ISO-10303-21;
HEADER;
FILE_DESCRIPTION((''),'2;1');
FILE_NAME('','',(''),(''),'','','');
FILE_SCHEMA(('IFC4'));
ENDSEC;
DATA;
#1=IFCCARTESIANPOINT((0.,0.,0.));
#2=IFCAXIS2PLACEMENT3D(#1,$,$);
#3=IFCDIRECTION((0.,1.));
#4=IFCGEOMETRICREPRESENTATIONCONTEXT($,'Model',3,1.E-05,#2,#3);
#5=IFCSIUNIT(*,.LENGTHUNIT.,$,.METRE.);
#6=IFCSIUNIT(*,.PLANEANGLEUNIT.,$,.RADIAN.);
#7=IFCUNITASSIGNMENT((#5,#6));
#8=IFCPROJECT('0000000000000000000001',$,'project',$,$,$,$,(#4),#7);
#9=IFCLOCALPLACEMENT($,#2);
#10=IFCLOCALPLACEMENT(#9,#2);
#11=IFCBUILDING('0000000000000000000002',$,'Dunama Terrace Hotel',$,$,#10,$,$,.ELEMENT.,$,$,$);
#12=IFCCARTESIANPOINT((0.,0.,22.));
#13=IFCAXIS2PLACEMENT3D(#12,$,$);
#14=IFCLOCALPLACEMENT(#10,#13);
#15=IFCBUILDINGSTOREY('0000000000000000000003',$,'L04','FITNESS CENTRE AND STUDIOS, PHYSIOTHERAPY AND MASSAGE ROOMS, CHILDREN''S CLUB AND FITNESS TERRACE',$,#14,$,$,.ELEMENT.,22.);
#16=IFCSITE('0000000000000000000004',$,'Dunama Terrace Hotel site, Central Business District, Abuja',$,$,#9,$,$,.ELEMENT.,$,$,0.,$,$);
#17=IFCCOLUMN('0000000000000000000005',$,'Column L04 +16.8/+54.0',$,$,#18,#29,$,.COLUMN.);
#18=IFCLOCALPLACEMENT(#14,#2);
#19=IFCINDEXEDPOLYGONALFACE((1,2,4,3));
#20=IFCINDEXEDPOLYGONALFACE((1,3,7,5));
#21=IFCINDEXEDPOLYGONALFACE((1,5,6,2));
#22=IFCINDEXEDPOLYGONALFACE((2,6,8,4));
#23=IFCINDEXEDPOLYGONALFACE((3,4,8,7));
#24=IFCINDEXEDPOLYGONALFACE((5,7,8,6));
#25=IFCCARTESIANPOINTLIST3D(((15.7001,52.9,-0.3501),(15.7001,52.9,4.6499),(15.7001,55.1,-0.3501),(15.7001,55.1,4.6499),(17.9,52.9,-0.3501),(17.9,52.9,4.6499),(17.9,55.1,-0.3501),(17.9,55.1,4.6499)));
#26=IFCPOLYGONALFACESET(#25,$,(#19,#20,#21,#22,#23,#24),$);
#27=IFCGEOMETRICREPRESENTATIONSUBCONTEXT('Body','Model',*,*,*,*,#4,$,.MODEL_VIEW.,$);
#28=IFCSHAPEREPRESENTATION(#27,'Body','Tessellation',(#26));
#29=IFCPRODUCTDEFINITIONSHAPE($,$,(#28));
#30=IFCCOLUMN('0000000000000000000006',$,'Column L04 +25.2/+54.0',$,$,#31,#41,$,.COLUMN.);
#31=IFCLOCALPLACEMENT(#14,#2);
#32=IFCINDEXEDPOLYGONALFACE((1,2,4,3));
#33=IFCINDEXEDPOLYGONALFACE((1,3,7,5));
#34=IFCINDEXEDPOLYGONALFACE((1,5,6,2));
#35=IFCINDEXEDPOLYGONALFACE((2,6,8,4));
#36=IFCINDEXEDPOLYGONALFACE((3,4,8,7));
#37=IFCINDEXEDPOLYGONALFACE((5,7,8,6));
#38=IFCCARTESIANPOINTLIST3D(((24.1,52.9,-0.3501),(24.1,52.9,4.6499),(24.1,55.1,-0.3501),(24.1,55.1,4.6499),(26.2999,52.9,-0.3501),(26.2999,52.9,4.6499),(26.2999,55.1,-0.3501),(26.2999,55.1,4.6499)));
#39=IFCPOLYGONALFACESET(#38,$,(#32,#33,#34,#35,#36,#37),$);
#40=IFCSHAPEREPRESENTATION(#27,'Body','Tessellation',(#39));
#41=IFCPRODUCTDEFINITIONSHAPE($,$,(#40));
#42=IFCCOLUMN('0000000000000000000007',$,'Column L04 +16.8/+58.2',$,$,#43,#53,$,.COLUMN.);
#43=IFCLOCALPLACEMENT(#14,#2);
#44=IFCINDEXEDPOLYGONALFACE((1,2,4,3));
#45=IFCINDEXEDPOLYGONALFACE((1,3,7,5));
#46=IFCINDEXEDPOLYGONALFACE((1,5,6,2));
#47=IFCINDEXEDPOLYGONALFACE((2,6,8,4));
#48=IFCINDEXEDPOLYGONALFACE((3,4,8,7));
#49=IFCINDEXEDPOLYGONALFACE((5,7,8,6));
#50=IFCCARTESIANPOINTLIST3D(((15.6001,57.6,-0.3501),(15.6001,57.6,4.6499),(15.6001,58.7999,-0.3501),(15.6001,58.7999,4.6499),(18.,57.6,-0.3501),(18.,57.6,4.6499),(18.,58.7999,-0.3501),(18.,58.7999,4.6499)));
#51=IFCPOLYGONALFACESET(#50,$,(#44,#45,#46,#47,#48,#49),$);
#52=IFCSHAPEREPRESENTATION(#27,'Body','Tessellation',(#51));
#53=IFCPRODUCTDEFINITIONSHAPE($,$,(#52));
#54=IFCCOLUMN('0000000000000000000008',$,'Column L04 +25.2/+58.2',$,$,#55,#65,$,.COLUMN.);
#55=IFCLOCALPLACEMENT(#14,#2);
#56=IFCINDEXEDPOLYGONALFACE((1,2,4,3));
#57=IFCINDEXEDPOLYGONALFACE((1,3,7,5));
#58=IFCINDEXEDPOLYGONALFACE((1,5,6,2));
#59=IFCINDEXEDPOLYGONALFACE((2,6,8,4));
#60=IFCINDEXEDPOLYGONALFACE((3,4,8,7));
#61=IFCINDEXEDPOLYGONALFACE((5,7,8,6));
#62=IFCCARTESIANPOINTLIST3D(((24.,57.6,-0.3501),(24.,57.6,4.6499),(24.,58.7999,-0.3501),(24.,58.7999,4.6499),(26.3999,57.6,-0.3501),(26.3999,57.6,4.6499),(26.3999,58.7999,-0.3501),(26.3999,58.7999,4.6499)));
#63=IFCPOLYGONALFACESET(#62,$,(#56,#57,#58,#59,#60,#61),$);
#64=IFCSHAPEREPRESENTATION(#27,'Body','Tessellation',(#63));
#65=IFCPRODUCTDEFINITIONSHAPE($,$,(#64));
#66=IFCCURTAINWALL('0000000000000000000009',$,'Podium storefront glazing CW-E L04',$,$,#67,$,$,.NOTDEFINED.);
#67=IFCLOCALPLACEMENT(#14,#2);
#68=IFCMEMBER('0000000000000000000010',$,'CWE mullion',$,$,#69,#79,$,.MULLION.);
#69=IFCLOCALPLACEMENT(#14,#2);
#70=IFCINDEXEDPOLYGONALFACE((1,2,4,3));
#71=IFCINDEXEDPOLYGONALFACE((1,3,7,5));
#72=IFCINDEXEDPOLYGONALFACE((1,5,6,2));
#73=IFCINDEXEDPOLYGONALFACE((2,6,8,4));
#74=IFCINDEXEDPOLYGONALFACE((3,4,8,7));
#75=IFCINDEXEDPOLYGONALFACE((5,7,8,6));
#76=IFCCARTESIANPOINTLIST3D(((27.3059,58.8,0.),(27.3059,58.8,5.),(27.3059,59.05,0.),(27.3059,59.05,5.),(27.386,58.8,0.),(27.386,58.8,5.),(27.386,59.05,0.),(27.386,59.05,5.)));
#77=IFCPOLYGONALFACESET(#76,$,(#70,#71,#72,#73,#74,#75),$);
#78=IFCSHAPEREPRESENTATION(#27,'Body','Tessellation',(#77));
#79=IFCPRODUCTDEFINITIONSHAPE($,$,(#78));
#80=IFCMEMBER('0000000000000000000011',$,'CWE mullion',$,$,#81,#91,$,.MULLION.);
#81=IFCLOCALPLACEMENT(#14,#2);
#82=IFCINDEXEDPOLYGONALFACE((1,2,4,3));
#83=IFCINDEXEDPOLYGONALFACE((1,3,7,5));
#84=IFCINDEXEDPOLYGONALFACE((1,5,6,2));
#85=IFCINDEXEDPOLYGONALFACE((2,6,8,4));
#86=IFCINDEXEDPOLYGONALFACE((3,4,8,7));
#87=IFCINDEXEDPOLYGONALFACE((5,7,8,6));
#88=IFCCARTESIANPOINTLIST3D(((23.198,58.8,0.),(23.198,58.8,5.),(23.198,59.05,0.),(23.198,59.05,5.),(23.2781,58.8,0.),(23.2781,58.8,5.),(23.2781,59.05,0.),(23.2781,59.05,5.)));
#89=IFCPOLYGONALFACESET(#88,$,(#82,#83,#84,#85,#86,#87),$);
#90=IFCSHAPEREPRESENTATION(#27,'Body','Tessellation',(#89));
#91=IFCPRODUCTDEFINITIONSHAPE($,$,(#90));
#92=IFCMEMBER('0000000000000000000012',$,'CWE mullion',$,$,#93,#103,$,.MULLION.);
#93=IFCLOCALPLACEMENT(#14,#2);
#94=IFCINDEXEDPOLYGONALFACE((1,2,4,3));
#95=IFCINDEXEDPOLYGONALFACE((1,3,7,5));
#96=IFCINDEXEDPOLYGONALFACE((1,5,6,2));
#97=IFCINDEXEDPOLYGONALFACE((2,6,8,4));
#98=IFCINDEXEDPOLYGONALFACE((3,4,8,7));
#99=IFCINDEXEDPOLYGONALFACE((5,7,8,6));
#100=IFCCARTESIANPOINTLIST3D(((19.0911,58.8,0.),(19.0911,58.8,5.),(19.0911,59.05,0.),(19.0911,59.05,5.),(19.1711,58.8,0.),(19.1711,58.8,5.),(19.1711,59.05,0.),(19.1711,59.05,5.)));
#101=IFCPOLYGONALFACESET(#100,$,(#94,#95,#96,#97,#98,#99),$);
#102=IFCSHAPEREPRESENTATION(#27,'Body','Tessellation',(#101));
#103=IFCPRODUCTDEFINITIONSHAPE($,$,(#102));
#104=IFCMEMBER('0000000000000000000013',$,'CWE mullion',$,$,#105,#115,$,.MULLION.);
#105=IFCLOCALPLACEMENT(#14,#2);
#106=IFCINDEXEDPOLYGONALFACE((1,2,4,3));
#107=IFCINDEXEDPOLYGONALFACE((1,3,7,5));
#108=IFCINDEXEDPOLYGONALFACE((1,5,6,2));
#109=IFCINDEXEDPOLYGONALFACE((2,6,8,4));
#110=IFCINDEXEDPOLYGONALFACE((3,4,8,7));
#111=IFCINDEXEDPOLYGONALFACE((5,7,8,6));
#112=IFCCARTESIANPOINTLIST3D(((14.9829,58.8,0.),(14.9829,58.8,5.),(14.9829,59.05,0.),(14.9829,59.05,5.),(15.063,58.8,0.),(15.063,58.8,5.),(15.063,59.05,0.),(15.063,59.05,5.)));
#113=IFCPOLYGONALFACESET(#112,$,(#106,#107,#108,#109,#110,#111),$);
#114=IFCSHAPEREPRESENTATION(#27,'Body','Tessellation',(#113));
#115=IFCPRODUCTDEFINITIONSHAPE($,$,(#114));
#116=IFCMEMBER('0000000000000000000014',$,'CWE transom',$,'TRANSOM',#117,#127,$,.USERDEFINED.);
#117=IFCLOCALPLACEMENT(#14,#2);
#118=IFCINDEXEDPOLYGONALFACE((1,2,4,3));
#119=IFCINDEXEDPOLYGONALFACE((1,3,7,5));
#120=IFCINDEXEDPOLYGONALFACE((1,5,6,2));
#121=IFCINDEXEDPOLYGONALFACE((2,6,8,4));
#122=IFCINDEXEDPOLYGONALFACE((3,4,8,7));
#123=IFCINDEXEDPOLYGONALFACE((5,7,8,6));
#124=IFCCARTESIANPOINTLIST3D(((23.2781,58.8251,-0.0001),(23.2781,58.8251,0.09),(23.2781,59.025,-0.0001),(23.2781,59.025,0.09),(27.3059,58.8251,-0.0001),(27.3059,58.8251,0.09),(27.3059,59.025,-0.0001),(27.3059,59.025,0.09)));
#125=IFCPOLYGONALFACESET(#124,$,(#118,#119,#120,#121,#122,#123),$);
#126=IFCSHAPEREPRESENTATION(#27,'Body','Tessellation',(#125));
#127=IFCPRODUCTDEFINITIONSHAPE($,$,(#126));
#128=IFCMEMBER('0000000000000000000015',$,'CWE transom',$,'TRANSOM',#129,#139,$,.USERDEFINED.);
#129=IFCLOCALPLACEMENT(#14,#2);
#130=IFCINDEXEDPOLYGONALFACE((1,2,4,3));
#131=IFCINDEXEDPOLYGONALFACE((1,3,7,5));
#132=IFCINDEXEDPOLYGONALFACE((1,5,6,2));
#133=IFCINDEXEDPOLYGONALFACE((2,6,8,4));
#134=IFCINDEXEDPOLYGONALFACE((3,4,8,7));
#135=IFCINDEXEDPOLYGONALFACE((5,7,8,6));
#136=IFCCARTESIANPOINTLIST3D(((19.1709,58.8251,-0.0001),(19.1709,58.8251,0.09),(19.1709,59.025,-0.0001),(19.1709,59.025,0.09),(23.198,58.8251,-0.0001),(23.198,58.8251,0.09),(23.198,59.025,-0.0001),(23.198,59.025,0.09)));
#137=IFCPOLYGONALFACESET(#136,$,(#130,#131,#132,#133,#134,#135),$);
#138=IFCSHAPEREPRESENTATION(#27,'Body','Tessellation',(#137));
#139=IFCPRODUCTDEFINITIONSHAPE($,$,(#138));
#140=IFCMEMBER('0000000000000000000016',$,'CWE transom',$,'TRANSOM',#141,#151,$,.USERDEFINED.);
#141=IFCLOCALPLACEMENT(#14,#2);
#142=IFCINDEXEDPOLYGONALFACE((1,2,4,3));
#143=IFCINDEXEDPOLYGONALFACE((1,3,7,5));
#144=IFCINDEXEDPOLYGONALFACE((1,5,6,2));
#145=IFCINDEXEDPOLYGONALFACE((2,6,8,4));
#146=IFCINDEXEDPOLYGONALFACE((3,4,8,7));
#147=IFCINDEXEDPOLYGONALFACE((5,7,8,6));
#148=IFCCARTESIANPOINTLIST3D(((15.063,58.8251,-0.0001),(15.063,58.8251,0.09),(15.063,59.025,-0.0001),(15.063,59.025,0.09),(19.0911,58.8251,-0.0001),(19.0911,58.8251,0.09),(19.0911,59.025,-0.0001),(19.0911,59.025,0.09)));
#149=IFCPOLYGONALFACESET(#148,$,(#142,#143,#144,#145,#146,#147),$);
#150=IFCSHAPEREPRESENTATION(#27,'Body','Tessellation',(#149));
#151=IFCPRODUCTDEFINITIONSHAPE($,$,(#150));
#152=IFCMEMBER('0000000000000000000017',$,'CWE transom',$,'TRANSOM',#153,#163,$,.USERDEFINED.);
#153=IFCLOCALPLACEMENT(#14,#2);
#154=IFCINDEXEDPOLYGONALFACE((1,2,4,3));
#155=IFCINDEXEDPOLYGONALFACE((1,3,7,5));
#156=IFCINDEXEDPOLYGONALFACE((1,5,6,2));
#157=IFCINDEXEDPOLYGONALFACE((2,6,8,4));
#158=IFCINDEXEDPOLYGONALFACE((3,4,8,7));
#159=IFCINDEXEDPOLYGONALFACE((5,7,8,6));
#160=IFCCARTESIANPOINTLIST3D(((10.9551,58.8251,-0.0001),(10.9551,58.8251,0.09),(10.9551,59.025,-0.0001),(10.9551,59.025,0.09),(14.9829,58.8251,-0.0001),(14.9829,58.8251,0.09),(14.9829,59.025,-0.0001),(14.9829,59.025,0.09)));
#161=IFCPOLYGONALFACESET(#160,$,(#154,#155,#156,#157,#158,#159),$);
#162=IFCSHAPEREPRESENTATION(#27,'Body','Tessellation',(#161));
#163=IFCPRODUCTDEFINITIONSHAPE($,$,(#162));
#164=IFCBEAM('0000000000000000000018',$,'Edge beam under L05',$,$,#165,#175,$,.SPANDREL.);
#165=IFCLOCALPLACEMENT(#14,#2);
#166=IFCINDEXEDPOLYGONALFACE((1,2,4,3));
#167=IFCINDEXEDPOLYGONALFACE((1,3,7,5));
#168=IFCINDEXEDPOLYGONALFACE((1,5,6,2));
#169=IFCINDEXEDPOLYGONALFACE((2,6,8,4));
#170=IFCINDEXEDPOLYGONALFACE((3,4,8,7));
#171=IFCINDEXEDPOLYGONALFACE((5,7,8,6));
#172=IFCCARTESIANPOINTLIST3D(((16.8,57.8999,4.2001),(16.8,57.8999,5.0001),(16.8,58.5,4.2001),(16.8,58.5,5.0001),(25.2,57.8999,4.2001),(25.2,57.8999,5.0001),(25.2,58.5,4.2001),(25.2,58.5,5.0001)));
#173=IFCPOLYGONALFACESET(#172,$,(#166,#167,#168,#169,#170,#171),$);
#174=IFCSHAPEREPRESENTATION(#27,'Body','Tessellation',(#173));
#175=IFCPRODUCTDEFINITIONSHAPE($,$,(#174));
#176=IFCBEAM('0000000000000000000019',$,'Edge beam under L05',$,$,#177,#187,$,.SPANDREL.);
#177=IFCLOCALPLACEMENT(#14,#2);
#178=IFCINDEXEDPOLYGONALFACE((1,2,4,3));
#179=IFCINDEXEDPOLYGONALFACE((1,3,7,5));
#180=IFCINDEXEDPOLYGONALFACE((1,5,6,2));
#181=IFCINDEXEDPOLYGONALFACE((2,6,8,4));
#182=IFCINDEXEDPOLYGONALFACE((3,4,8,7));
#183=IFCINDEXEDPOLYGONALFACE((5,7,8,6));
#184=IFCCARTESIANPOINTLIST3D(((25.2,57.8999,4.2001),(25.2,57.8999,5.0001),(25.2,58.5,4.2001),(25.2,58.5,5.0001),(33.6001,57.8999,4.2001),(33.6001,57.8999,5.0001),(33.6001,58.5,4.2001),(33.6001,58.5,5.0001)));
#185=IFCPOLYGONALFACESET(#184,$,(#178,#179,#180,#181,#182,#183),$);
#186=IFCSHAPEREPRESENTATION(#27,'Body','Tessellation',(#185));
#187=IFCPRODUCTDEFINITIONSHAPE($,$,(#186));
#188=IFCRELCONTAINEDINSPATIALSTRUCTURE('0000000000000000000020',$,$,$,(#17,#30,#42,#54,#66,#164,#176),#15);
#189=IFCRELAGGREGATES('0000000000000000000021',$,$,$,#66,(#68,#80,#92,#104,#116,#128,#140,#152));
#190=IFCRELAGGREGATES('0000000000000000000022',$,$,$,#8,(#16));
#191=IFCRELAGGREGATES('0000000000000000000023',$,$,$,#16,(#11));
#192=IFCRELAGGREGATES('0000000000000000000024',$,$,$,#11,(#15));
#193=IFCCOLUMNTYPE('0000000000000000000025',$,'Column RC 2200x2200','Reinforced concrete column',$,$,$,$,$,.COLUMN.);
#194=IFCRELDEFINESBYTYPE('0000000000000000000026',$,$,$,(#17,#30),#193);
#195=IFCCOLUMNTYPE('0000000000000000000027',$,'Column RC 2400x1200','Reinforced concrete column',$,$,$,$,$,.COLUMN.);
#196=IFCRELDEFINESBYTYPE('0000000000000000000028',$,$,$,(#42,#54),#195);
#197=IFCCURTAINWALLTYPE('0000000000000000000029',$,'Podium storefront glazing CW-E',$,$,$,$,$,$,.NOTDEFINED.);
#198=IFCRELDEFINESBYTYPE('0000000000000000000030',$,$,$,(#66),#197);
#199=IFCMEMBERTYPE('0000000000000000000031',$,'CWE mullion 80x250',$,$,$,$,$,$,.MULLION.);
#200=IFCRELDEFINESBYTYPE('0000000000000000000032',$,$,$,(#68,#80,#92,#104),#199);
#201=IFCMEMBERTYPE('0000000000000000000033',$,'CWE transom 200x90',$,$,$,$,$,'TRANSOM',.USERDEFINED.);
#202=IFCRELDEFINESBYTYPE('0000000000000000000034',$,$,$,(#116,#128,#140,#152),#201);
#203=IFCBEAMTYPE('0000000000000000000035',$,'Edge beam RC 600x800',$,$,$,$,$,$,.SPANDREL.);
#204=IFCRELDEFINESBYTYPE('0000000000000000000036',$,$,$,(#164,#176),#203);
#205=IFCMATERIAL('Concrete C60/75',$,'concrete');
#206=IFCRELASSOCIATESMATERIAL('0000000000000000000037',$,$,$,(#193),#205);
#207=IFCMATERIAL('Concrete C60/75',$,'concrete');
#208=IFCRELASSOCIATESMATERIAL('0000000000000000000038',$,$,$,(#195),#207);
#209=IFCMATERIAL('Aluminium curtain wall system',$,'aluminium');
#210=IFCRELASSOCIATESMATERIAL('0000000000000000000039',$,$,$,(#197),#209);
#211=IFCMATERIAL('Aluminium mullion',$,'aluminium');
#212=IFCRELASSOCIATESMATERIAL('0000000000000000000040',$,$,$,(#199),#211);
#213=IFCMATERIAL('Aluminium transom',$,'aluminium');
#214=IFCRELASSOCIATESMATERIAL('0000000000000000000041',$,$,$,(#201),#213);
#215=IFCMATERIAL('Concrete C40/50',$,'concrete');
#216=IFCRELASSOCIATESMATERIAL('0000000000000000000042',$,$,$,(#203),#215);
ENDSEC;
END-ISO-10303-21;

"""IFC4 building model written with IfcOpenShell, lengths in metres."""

from ifc_helpers import new_model, si_unit, direction, frame, origin, origin_2d, place, context, subcontext, project, spatial, rectangle, extrude, material, material_profile, profile_set, type_object, element, aggregate, save


model = new_model("IFC4")

# Units and contexts
model_context = context("Model", 3, precision=1e-05, world=origin(), true_north=direction((0.0, 1.0)))
body_context = subcontext(model_context, "Body", "Model", "MODEL_VIEW")
ifc_project = project(units=[si_unit("LENGTHUNIT", "METRE"), si_unit("PLANEANGLEUNIT", "RADIAN")], contexts=[model_context])

# Site, building, storey
site_placement = place(None, origin())
site = spatial("IfcSite", under=ifc_project, at=site_placement, Name="Dunama Terrace Hotel site, Central Business District, Abuja", CompositionType="ELEMENT", RefElevation=0.0)
building_placement = place(site_placement, origin())
building = spatial("IfcBuilding", under=site, at=building_placement, Name="Dunama Terrace Hotel", CompositionType="ELEMENT")
storey_placement = place(building_placement, frame((0.0, 0.0, 22.0)))
storey = spatial("IfcBuildingStorey", under=building, at=storey_placement, Name="L04", Description="FITNESS CENTRE AND STUDIOS, PHYSIOTHERAPY AND MASSAGE ROOMS, CHILDREN'S CLUB AND FITNESS TERRACE", CompositionType="ELEMENT", Elevation=22.0)

# Columns
ifc_material_1 = material(Name="Concrete C60/75", Category="concrete")
ifc_material_profile_1 = material_profile(ifc_material_1, rectangle(XDim=2.2, YDim=2.2, at=origin_2d()), Name="RC 2200x2200")
ifc_profile_set_1 = profile_set([ifc_material_profile_1], Name="Concrete C60/75")
column_type_1 = type_object("IfcColumnType", Name="Column RC 2200x2200", Description="Reinforced concrete column", PredefinedType="COLUMN", material=ifc_profile_set_1)
for number, where, z_axis, x_axis, name in (
    (1, (16.8, 54.0, -0.3501), (0.0, 0.0, 1.0), (1.0, 0.0, 0.0), "Column L04 +16.8/+54.0"),
    (2, (25.2, 54.0, -0.3501), (0.0, 0.0, 1.0), (1.0, 0.0, 0.0), "Column L04 +25.2/+54.0"),
):
    element("IfcColumn", number, at=place(storey_placement, frame(where, z_axis=z_axis, x_axis=x_axis)), inside=storey, type_object=column_type_1, Name=name, PredefinedType="COLUMN", context=body_context, shape_type="SweptSolid", body=[
        extrude(rectangle(XDim=2.2, YDim=2.2, at=origin_2d()), origin(), (0.0, 0.0, 1.0), 5.0),
    ])
ifc_material_2 = material(Name="Concrete C60/75", Category="concrete")
ifc_material_profile_2 = material_profile(ifc_material_2, rectangle(XDim=2.3999, YDim=1.2, at=origin_2d()), Name="RC 2400x1200")
ifc_profile_set_2 = profile_set([ifc_material_profile_2], Name="Concrete C60/75")
column_type_2 = type_object("IfcColumnType", Name="Column RC 2400x1200", Description="Reinforced concrete column", PredefinedType="COLUMN", material=ifc_profile_set_2)
for number, where, z_axis, x_axis, name in (
    (3, (16.8, 58.2, -0.3501), (0.0, 0.0, 1.0), (1.0, 0.0, 0.0), "Column L04 +16.8/+58.2"),
    (4, (25.2, 58.2, -0.3501), (0.0, 0.0, 1.0), (1.0, 0.0, 0.0), "Column L04 +25.2/+58.2"),
):
    element("IfcColumn", number, at=place(storey_placement, frame(where, z_axis=z_axis, x_axis=x_axis)), inside=storey, type_object=column_type_2, Name=name, PredefinedType="COLUMN", context=body_context, shape_type="SweptSolid", body=[
        extrude(rectangle(XDim=2.3999, YDim=1.2, at=origin_2d()), origin(), (0.0, 0.0, 1.0), 5.0),
    ])

# Curtain wall, members
ifc_material_3 = material(Name="Aluminium curtain wall system", Category="aluminium")
curtain_wall_type = type_object("IfcCurtainWallType", Name="Podium storefront glazing CW-E", PredefinedType="NOTDEFINED", material=ifc_material_3)
curtain_wall_placement = place(storey_placement, origin())
curtain_wall = element("IfcCurtainWall", 5, at=curtain_wall_placement, inside=storey, type_object=curtain_wall_type, Name="Podium storefront glazing CW-E L04", PredefinedType="NOTDEFINED")
ifc_material_4 = material(Name="Aluminium mullion", Category="aluminium")
ifc_material_profile_3 = material_profile(ifc_material_4, rectangle(XDim=0.0801, YDim=0.25, at=origin_2d()), Name="CWE MULLION 80X250")
ifc_profile_set_3 = profile_set([ifc_material_profile_3], Name="Aluminium mullion")
member_type_1 = type_object("IfcMemberType", Name="CWE mullion 80x250", PredefinedType="MULLION", material=ifc_profile_set_3)
member_1_placement = place(storey_placement, frame((27.3459, 58.925, 0.0), z_axis=(0.0, 0.0, 1.0), x_axis=(-1.0, 0.0, 0.0)))
member_1 = element("IfcMember", 6, at=member_1_placement, type_object=member_type_1, Name="CWE mullion", PredefinedType="MULLION", context=body_context, shape_type="SweptSolid", body=[
    extrude(rectangle(XDim=0.0801, YDim=0.25, at=origin_2d()), origin(), (0.0, 0.0, 1.0), 5.0),
])
member_2_placement = place(storey_placement, frame((23.238, 58.925, 0.0), z_axis=(0.0, 0.0, 1.0), x_axis=(-1.0, 0.0, 0.0)))
member_2 = element("IfcMember", 7, at=member_2_placement, type_object=member_type_1, Name="CWE mullion", PredefinedType="MULLION", context=body_context, shape_type="SweptSolid", body=[
    extrude(rectangle(XDim=0.0801, YDim=0.25, at=origin_2d()), origin(), (0.0, 0.0, 1.0), 5.0),
])
member_3_placement = place(storey_placement, frame((19.1311, 58.925, 0.0), z_axis=(0.0, 0.0, 1.0), x_axis=(-1.0, 0.0, 0.0)))
member_3 = element("IfcMember", 8, at=member_3_placement, type_object=member_type_1, Name="CWE mullion", PredefinedType="MULLION", context=body_context, shape_type="SweptSolid", body=[
    extrude(rectangle(XDim=0.0801, YDim=0.25, at=origin_2d()), origin(), (0.0, 0.0, 1.0), 5.0),
])
member_4_placement = place(storey_placement, frame((15.0229, 58.925, 0.0), z_axis=(0.0, 0.0, 1.0), x_axis=(-1.0, 0.0, 0.0)))
member_4 = element("IfcMember", 9, at=member_4_placement, type_object=member_type_1, Name="CWE mullion", PredefinedType="MULLION", context=body_context, shape_type="SweptSolid", body=[
    extrude(rectangle(XDim=0.0801, YDim=0.25, at=origin_2d()), origin(), (0.0, 0.0, 1.0), 5.0),
])
ifc_material_5 = material(Name="Aluminium transom", Category="aluminium")
ifc_material_profile_4 = material_profile(ifc_material_5, rectangle(XDim=0.2, YDim=0.0901, at=origin_2d()), Name="CWE TRANSOM 200X90")
ifc_profile_set_4 = profile_set([ifc_material_profile_4], Name="Aluminium transom")
member_type_2 = type_object("IfcMemberType", Name="CWE transom 200x90", ElementType="TRANSOM", PredefinedType="USERDEFINED", material=ifc_profile_set_4)
member_5_placement = place(storey_placement, frame((27.3059, 58.925, 0.0449), z_axis=(-1.0, 0.0, 0.0), x_axis=(0.0, -1.0, 0.0)))
member_5 = element("IfcMember", 10, at=member_5_placement, type_object=member_type_2, Name="CWE transom", ObjectType="TRANSOM", PredefinedType="USERDEFINED", context=body_context, shape_type="SweptSolid", body=[
    extrude(rectangle(XDim=0.2, YDim=0.0901, at=origin_2d()), origin(), (0.0, 0.0, 1.0), 4.0278),
])
member_6_placement = place(storey_placement, frame((23.198, 58.925, 0.0449), z_axis=(-1.0, 0.0, 0.0), x_axis=(0.0, -1.0, 0.0)))
member_6 = element("IfcMember", 11, at=member_6_placement, type_object=member_type_2, Name="CWE transom", ObjectType="TRANSOM", PredefinedType="USERDEFINED", context=body_context, shape_type="SweptSolid", body=[
    extrude(rectangle(XDim=0.2, YDim=0.0901, at=origin_2d()), origin(), (0.0, 0.0, 1.0), 4.0271),
])
member_7_placement = place(storey_placement, frame((19.0911, 58.925, 0.0449), z_axis=(-1.0, 0.0, 0.0), x_axis=(0.0, -1.0, 0.0)))
member_7 = element("IfcMember", 12, at=member_7_placement, type_object=member_type_2, Name="CWE transom", ObjectType="TRANSOM", PredefinedType="USERDEFINED", context=body_context, shape_type="SweptSolid", body=[
    extrude(rectangle(XDim=0.2, YDim=0.0901, at=origin_2d()), origin(), (0.0, 0.0, 1.0), 4.0281),
])
member_8_placement = place(storey_placement, frame((14.9829, 58.925, 0.0449), z_axis=(-1.0, 0.0, 0.0), x_axis=(0.0, -1.0, 0.0)))
member_8 = element("IfcMember", 13, at=member_8_placement, type_object=member_type_2, Name="CWE transom", ObjectType="TRANSOM", PredefinedType="USERDEFINED", context=body_context, shape_type="SweptSolid", body=[
    extrude(rectangle(XDim=0.2, YDim=0.0901, at=origin_2d()), origin(), (0.0, 0.0, 1.0), 4.0278),
])

# Beams
ifc_material_6 = material(Name="Concrete C40/50", Category="concrete")
ifc_material_profile_5 = material_profile(ifc_material_6, rectangle(XDim=0.6001, YDim=0.8, at=origin_2d()), Name="RC 600x800")
ifc_profile_set_5 = profile_set([ifc_material_profile_5], Name="Concrete C40/50")
beam_type = type_object("IfcBeamType", Name="Edge beam RC 600x800", PredefinedType="SPANDREL", material=ifc_profile_set_5)
beam_1_placement = place(storey_placement, frame((16.8, 58.2, 4.6001), z_axis=(1.0, 0.0, 0.0), x_axis=(0.0, 1.0, 0.0)))
element("IfcBeam", 14, at=beam_1_placement, inside=storey, type_object=beam_type, Name="Edge beam under L05", PredefinedType="SPANDREL", context=body_context, shape_type="SweptSolid", body=[
    extrude(rectangle(XDim=0.6001, YDim=0.8, at=origin_2d()), origin(), (0.0, 0.0, 1.0), 8.3999),
])
beam_2_placement = place(storey_placement, frame((25.2, 58.2, 4.6001), z_axis=(1.0, 0.0, 0.0), x_axis=(0.0, 1.0, 0.0)))
element("IfcBeam", 15, at=beam_2_placement, inside=storey, type_object=beam_type, Name="Edge beam under L05", PredefinedType="SPANDREL", context=body_context, shape_type="SweptSolid", body=[
    extrude(rectangle(XDim=0.6001, YDim=0.8, at=origin_2d()), origin(), (0.0, 0.0, 1.0), 8.4001),
])

aggregate(curtain_wall, [member_1, member_2, member_3, member_4, member_5, member_6, member_7, member_8])

save(model, "model.ifc")
